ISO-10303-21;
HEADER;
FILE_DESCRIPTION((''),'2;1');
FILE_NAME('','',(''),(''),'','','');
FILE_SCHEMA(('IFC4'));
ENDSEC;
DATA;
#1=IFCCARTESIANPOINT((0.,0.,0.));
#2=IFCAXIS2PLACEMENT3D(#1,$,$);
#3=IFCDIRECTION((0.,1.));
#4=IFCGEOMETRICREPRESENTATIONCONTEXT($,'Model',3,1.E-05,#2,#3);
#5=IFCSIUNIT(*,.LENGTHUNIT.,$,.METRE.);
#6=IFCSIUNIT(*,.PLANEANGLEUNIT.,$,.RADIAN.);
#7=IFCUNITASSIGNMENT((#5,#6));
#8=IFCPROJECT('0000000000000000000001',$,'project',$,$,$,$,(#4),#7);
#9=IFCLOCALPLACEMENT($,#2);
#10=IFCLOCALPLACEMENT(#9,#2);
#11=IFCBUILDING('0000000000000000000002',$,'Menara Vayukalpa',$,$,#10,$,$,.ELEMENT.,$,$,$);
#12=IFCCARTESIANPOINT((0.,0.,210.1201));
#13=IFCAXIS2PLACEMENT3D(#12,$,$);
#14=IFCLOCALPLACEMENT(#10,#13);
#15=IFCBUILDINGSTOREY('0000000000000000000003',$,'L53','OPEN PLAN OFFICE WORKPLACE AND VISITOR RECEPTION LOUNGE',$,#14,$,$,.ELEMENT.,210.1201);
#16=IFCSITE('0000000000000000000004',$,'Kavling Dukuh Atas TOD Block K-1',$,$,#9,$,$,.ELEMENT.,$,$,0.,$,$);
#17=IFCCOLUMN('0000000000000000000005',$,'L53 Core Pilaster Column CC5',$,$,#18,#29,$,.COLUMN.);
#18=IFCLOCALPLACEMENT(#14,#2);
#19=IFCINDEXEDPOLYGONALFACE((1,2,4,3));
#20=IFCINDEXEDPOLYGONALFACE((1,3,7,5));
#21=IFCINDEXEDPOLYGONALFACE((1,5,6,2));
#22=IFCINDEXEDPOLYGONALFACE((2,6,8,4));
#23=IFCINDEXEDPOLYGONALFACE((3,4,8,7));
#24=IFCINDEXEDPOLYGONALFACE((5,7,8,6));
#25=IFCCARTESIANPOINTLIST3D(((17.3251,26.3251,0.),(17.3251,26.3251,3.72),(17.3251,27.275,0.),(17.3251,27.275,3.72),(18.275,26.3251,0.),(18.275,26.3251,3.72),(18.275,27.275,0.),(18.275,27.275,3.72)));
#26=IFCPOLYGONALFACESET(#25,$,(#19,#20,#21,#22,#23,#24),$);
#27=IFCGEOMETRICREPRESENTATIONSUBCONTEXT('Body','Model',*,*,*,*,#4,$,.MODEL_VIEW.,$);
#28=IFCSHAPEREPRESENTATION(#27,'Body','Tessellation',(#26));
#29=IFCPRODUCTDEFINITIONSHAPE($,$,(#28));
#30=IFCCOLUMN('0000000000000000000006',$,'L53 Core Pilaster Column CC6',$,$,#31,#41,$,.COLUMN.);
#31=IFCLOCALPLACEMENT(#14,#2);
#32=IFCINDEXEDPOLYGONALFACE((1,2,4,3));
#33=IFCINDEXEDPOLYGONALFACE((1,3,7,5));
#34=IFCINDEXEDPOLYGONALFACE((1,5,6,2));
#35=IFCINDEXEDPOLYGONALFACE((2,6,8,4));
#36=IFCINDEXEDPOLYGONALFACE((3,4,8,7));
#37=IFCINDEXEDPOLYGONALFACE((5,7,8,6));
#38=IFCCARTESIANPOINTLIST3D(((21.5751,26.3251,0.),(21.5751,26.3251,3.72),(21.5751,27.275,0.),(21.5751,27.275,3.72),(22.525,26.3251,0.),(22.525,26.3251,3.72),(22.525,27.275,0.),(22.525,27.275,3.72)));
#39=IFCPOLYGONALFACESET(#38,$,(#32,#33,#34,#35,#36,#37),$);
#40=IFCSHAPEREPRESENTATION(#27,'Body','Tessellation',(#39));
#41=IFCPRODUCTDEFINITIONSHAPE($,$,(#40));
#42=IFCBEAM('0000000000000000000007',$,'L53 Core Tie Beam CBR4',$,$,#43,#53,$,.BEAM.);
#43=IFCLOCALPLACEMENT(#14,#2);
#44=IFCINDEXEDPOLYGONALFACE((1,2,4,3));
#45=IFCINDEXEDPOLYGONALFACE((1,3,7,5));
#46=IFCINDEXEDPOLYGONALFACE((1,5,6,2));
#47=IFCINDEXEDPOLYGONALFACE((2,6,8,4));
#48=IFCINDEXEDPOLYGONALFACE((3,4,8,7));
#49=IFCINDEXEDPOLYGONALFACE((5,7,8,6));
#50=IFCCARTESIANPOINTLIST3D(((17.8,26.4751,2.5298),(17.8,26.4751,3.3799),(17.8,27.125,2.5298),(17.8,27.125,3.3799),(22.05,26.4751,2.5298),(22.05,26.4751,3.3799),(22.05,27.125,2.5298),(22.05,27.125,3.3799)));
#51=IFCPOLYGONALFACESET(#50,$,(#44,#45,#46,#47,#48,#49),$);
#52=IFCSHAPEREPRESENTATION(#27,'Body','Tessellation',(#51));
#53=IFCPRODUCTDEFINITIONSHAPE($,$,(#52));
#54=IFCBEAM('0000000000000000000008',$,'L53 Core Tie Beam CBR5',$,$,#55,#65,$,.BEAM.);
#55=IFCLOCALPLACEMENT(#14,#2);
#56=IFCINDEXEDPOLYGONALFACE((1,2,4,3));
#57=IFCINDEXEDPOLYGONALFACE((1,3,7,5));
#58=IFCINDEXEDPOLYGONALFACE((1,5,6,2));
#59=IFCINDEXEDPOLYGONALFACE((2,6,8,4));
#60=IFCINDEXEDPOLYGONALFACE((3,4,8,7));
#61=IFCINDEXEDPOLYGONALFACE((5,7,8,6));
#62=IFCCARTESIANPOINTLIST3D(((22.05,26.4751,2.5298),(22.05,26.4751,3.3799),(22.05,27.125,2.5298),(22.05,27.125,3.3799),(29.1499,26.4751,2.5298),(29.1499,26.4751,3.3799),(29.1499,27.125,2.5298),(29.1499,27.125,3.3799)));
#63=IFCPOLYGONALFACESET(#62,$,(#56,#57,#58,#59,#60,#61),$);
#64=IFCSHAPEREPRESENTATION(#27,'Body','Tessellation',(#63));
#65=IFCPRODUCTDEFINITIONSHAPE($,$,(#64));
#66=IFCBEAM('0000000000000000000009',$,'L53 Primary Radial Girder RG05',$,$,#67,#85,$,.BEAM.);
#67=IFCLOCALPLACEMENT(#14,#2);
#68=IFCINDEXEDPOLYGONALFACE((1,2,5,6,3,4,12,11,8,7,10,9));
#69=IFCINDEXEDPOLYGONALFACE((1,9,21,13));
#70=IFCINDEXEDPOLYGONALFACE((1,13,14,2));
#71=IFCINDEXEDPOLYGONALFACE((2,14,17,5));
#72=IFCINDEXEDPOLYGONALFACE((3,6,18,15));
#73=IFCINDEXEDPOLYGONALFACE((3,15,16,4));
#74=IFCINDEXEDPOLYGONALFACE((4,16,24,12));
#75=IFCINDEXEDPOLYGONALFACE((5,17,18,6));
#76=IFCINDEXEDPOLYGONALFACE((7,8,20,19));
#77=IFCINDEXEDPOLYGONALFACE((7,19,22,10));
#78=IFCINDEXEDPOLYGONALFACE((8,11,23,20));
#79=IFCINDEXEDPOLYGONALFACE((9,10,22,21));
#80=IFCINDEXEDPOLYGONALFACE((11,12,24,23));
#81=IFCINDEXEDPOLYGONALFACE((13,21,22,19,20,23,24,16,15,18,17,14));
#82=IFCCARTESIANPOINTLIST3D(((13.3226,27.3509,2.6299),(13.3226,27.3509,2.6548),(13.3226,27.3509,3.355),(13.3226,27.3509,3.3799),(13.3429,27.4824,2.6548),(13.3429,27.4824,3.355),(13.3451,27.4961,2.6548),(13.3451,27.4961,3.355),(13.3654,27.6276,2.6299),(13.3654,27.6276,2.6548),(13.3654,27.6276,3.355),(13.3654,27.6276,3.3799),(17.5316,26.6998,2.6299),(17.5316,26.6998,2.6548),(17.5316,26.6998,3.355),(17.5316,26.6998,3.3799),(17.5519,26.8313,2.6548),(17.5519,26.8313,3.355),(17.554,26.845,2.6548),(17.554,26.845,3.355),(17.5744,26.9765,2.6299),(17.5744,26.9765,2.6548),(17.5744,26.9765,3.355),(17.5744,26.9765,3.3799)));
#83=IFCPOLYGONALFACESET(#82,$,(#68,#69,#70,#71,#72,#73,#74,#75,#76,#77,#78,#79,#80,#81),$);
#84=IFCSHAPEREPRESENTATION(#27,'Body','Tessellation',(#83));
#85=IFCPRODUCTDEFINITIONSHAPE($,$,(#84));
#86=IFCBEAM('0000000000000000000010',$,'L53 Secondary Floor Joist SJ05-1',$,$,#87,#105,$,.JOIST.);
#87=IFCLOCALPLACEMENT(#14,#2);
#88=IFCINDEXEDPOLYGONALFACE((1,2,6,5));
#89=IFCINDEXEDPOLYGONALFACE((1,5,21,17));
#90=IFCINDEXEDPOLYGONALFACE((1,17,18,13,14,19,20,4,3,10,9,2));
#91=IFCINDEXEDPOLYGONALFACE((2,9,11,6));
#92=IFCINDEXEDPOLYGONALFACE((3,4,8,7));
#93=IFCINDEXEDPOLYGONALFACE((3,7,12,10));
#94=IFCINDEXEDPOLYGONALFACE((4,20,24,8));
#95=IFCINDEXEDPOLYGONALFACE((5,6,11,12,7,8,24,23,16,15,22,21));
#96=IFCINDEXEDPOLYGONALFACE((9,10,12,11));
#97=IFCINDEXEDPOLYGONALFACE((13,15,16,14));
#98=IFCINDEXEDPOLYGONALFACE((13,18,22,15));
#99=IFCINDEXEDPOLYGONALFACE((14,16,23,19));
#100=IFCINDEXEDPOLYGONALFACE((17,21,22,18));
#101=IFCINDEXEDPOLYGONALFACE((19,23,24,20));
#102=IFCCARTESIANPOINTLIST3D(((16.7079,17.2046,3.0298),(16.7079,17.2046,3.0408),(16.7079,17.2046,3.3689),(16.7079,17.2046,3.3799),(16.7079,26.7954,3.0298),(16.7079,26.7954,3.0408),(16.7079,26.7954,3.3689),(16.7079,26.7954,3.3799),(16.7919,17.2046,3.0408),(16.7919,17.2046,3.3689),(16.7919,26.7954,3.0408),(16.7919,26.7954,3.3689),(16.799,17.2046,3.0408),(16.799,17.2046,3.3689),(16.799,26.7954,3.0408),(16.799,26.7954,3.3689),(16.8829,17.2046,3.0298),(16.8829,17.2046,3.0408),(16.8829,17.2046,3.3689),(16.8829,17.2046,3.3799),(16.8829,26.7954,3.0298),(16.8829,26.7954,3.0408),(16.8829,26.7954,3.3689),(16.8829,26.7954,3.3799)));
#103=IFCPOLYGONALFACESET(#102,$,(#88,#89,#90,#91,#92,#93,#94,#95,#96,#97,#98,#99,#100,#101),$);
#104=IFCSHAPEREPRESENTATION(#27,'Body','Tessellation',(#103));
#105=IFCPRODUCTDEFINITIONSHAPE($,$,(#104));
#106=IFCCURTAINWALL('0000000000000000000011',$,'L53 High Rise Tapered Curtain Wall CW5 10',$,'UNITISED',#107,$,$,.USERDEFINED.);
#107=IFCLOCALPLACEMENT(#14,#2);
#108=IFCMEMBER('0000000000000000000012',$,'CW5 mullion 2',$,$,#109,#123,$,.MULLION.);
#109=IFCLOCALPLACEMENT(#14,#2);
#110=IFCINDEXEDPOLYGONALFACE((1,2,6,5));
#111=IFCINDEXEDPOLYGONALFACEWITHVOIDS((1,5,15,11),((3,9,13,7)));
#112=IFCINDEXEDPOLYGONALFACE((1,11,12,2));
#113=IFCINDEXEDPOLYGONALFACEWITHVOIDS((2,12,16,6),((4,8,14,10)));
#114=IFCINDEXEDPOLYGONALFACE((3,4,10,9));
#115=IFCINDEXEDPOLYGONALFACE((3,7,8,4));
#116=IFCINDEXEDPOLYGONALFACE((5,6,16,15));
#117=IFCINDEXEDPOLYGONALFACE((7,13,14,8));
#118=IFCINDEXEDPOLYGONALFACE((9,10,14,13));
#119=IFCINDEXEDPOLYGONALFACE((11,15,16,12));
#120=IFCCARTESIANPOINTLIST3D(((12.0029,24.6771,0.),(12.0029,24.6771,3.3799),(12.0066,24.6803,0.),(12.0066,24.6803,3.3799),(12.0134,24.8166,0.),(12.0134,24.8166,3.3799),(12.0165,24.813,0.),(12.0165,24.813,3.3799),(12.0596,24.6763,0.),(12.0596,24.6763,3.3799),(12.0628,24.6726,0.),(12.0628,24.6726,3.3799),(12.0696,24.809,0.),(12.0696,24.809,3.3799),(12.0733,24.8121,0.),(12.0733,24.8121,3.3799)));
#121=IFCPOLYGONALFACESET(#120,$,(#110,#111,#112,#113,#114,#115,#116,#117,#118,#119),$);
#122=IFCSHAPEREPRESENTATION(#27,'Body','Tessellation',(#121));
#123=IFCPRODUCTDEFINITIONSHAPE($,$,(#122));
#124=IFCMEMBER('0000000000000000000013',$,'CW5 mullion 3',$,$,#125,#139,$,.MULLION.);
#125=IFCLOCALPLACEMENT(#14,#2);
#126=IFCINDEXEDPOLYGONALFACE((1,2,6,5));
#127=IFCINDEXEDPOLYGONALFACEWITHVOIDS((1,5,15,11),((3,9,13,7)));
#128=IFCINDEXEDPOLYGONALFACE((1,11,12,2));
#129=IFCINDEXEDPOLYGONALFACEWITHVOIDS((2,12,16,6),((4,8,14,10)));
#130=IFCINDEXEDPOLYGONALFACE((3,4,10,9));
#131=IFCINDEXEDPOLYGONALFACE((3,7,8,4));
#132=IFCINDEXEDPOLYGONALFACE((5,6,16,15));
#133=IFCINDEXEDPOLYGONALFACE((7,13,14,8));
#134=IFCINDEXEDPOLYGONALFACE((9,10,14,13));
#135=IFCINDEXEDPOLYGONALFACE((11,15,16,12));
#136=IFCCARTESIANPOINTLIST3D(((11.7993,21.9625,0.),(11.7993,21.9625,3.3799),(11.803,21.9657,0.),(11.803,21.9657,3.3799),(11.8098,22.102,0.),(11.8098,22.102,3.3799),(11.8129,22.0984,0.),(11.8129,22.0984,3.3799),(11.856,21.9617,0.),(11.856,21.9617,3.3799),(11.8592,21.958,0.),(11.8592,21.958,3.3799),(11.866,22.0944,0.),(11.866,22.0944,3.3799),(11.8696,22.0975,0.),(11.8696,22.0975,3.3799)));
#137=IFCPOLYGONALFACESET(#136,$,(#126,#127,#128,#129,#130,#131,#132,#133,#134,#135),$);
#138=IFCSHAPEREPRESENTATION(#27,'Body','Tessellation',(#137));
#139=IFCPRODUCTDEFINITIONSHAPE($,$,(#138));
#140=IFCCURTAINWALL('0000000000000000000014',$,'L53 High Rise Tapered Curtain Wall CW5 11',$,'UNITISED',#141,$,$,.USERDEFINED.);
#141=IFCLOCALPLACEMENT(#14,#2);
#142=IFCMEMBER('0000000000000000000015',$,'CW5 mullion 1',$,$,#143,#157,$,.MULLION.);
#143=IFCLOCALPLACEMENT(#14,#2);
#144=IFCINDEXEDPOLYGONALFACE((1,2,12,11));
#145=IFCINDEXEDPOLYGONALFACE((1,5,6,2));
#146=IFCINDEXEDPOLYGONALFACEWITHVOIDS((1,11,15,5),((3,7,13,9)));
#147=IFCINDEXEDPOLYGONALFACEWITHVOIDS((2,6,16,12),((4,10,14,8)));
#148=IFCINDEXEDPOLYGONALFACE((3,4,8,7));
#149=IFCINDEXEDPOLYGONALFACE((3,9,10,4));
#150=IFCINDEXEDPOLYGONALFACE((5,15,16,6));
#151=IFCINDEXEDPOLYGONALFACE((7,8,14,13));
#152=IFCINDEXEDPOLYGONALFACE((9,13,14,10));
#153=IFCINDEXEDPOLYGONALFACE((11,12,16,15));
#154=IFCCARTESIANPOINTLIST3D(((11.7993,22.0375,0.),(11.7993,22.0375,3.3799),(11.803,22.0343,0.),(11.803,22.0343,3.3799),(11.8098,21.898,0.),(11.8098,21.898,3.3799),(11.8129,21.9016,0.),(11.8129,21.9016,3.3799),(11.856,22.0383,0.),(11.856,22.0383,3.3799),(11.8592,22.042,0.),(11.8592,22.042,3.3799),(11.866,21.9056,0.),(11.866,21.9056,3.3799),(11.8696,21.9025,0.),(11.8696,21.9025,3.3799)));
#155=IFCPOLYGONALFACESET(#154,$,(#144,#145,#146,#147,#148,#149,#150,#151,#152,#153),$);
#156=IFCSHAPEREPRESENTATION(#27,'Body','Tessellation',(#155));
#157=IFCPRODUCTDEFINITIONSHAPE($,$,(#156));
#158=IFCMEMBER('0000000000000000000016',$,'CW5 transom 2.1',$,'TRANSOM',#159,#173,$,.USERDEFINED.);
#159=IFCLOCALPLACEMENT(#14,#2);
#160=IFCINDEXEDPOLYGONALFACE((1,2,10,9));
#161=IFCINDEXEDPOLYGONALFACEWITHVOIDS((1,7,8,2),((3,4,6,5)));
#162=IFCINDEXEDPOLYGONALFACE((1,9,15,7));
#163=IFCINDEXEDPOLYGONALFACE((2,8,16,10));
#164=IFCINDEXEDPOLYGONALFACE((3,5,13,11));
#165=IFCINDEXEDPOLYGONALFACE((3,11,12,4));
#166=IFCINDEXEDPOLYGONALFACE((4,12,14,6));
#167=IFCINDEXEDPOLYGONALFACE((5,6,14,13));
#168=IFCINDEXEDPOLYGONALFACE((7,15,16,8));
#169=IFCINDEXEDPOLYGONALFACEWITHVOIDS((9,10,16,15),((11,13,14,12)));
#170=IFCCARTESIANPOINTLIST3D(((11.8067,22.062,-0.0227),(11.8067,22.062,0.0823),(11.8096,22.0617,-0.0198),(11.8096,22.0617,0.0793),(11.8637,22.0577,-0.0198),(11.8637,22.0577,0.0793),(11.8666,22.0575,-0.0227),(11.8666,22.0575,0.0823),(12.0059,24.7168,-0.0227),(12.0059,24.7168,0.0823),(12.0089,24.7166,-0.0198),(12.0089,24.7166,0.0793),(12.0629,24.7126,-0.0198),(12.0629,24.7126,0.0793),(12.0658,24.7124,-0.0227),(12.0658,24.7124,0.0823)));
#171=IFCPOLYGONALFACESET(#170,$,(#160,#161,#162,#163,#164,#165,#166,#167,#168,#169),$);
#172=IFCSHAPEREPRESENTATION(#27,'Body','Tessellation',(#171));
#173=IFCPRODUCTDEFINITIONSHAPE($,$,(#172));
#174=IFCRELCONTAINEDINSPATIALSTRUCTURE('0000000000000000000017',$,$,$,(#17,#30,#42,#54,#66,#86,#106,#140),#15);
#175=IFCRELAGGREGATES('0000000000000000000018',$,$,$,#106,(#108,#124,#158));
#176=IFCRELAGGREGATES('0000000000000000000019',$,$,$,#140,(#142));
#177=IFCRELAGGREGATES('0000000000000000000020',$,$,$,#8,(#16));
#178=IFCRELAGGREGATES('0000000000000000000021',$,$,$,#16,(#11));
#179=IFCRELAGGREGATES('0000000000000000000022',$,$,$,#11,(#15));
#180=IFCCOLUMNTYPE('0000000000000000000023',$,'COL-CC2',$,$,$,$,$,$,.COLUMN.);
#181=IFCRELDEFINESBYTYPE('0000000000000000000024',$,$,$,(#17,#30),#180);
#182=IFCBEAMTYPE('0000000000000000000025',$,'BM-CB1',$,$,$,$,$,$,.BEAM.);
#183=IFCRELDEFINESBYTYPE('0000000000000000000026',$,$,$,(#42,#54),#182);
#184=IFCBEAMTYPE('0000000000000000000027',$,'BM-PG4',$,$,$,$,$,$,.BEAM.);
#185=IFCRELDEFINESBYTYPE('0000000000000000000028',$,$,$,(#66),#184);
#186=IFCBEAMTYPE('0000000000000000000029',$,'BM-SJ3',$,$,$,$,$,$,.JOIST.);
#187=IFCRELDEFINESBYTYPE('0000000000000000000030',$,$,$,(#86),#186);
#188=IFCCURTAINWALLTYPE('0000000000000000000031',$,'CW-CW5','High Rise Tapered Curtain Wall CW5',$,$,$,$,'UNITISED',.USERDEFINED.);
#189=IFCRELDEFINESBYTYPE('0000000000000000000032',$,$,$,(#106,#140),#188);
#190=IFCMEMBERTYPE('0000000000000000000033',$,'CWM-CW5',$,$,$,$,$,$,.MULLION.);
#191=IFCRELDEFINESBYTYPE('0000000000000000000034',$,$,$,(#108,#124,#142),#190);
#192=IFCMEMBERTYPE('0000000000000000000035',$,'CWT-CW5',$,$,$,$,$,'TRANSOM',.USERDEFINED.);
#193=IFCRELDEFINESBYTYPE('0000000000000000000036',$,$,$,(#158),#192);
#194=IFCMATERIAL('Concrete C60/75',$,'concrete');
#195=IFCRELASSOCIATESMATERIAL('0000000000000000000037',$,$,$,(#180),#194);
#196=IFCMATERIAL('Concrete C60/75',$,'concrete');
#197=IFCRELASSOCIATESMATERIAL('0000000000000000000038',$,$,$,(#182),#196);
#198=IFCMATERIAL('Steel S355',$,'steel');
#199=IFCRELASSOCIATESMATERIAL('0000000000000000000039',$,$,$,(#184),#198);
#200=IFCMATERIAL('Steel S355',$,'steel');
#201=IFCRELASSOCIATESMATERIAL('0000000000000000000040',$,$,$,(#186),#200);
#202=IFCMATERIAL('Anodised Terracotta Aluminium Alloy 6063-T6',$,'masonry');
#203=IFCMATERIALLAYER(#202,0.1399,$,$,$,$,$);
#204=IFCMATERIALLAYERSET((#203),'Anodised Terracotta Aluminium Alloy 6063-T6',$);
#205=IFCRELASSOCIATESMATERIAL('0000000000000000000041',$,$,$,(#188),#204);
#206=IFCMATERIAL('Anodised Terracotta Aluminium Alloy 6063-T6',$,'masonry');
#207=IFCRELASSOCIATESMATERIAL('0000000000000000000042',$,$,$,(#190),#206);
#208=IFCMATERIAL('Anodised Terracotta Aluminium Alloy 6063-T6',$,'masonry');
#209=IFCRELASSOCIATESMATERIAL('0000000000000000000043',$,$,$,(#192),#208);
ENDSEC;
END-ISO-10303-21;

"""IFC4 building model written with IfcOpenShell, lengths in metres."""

from ifc_helpers import new_model, si_unit, direction, frame, origin, origin_2d, place, context, subcontext, project, spatial, rectangle, hollow_rectangle, i_section, extrude, material, layer, layer_set, material_profile, profile_set, type_object, element, aggregate, save


model = new_model("IFC4")

# Units and contexts
model_context = context("Model", 3, precision=1e-05, world=origin(), true_north=direction((0.0, 1.0)))
body_context = subcontext(model_context, "Body", "Model", "MODEL_VIEW")
ifc_project = project(units=[si_unit("LENGTHUNIT", "METRE"), si_unit("PLANEANGLEUNIT", "RADIAN")], contexts=[model_context])

# Site, building, storey
site_placement = place(None, origin())
site = spatial("IfcSite", under=ifc_project, at=site_placement, Name="Kavling Dukuh Atas TOD Block K-1", CompositionType="ELEMENT", RefElevation=0.0)
building_placement = place(site_placement, origin())
building = spatial("IfcBuilding", under=site, at=building_placement, Name="Menara Vayukalpa", CompositionType="ELEMENT")
storey_placement = place(building_placement, frame((0.0, 0.0, 210.1201)))
storey = spatial("IfcBuildingStorey", under=building, at=storey_placement, Name="L53", Description="OPEN PLAN OFFICE WORKPLACE AND VISITOR RECEPTION LOUNGE", CompositionType="ELEMENT", Elevation=210.1201)

# Columns
ifc_material_1 = material(Name="Concrete C60/75", Category="concrete")
ifc_material_profile_1 = material_profile(ifc_material_1, rectangle(XDim=0.95, YDim=0.95, at=origin_2d()), Name="RC 950x950")
ifc_profile_set_1 = profile_set([ifc_material_profile_1], Name="Concrete C60/75")
column_type = type_object("IfcColumnType", Name="COL-CC2", PredefinedType="COLUMN", material=ifc_profile_set_1)
for number, where, z_axis, x_axis, name in (
    (1, (17.8, 26.8, 0.0), (0.0, 0.0, 1.0), (1.0, 0.0, 0.0), "L53 Core Pilaster Column CC5"),
    (2, (22.05, 26.8, 0.0), (0.0, 0.0, 1.0), (1.0, 0.0, 0.0), "L53 Core Pilaster Column CC6"),
):
    element("IfcColumn", number, at=place(storey_placement, frame(where, z_axis=z_axis, x_axis=x_axis)), inside=storey, type_object=column_type, Name=name, PredefinedType="COLUMN", context=body_context, shape_type="SweptSolid", body=[
        extrude(rectangle(XDim=0.95, YDim=0.95, at=origin_2d()), origin(), (0.0, 0.0, 1.0), 3.72),
    ])

# Beams
ifc_material_2 = material(Name="Concrete C60/75", Category="concrete")
ifc_material_profile_2 = material_profile(ifc_material_2, rectangle(XDim=0.6499, YDim=0.8501, at=origin_2d()), Name="RC 650x850")
ifc_profile_set_2 = profile_set([ifc_material_profile_2], Name="Concrete C60/75")
beam_type_1 = type_object("IfcBeamType", Name="BM-CB1", PredefinedType="BEAM", material=ifc_profile_set_2)
beam_1_placement = place(storey_placement, frame((17.8, 26.8, 2.9548), z_axis=(1.0, 0.0, 0.0), x_axis=(0.0, 1.0, 0.0)))
element("IfcBeam", 3, at=beam_1_placement, inside=storey, type_object=beam_type_1, Name="L53 Core Tie Beam CBR4", PredefinedType="BEAM", context=body_context, shape_type="SweptSolid", body=[
    extrude(rectangle(XDim=0.6499, YDim=0.8501, at=origin_2d()), origin(), (0.0, 0.0, 1.0), 4.25),
])
beam_2_placement = place(storey_placement, frame((22.05, 26.8, 2.9548), z_axis=(1.0, 0.0, 0.0), x_axis=(0.0, 1.0, 0.0)))
element("IfcBeam", 4, at=beam_2_placement, inside=storey, type_object=beam_type_1, Name="L53 Core Tie Beam CBR5", PredefinedType="BEAM", context=body_context, shape_type="SweptSolid", body=[
    extrude(rectangle(XDim=0.6499, YDim=0.8501, at=origin_2d()), origin(), (0.0, 0.0, 1.0), 7.0999),
])
ifc_material_3 = material(Name="Steel S355", Category="steel")
ifc_material_profile_3 = material_profile(ifc_material_3, i_section(OverallWidth=0.28, OverallDepth=0.75, WebThickness=0.0139, FlangeThickness=0.0249, at=origin_2d()), Name="WF 750x280x14x25")
ifc_profile_set_3 = profile_set([ifc_material_profile_3], Name="Steel S355")
beam_type_2 = type_object("IfcBeamType", Name="BM-PG4", PredefinedType="BEAM", material=ifc_profile_set_3)
beam_3_placement = place(storey_placement, frame((17.553, 26.8381, 3.0049), z_axis=(-0.988245, 0.15288, 0.0), x_axis=(-0.15288, -0.988245, 0.0)))
element("IfcBeam", 5, at=beam_3_placement, inside=storey, type_object=beam_type_2, Name="L53 Primary Radial Girder RG05", PredefinedType="BEAM", context=body_context, shape_type="SweptSolid", body=[
    extrude(i_section(OverallWidth=0.28, OverallDepth=0.75, WebThickness=0.0139, FlangeThickness=0.0249, at=origin_2d()), origin(), (0.0, 0.0, 1.0), 4.259),
])
ifc_material_4 = material(Name="Steel S355", Category="steel")
ifc_material_profile_4 = material_profile(ifc_material_4, i_section(OverallWidth=0.175, OverallDepth=0.3501, WebThickness=0.0071, FlangeThickness=0.011, at=origin_2d()), Name="WF 350x175x7x11")
ifc_profile_set_4 = profile_set([ifc_material_profile_4], Name="Steel S355")
beam_type_3 = type_object("IfcBeamType", Name="BM-SJ3", PredefinedType="JOIST", material=ifc_profile_set_4)
beam_4_placement = place(storey_placement, frame((16.7954, 26.7954, 3.2048), z_axis=(0.0, -1.0, 0.0), x_axis=(1.0, 0.0, 0.0)))
element("IfcBeam", 6, at=beam_4_placement, inside=storey, type_object=beam_type_3, Name="L53 Secondary Floor Joist SJ05-1", PredefinedType="JOIST", context=body_context, shape_type="SweptSolid", body=[
    extrude(i_section(OverallWidth=0.175, OverallDepth=0.3501, WebThickness=0.0071, FlangeThickness=0.011, at=origin_2d()), origin(), (0.0, 0.0, 1.0), 9.5908),
])

# Curtain wall, members
ifc_material_5 = material(Name="Anodised Terracotta Aluminium Alloy 6063-T6", Category="masonry")
ifc_layer_1 = layer(ifc_material_5, 0.1399)
ifc_layer_set_1 = layer_set([ifc_layer_1], Name="Anodised Terracotta Aluminium Alloy 6063-T6")
curtain_wall_type = type_object("IfcCurtainWallType", Name="CW-CW5", Description="High Rise Tapered Curtain Wall CW5", ElementType="UNITISED", PredefinedType="USERDEFINED", material=ifc_layer_set_1)
curtain_wall_1_placement = place(storey_placement, origin())
curtain_wall_1 = element("IfcCurtainWall", 7, at=curtain_wall_1_placement, inside=storey, type_object=curtain_wall_type, Name="L53 High Rise Tapered Curtain Wall CW5 10", ObjectType="UNITISED", PredefinedType="USERDEFINED")
ifc_material_6 = material(Name="Anodised Terracotta Aluminium Alloy 6063-T6", Category="masonry")
ifc_material_profile_5 = material_profile(ifc_material_6, hollow_rectangle(XDim=0.0601, YDim=0.1399, WallThickness=0.0034, at=origin_2d()), Name="ALU 60x140x3.5")
ifc_profile_set_5 = profile_set([ifc_material_profile_5], Name="Anodised Terracotta Aluminium Alloy 6063-T6")
member_type_1 = type_object("IfcMemberType", Name="CWM-CW5", PredefinedType="MULLION", material=ifc_profile_set_5)
member_1_placement = place(storey_placement, frame((12.0381, 24.7446, 0.0), z_axis=(0.0, 0.0, 1.0), x_axis=(0.997199, -0.074792, 0.0)))
member_1 = element("IfcMember", 8, at=member_1_placement, type_object=member_type_1, Name="CW5 mullion 2", PredefinedType="MULLION", context=body_context, shape_type="SweptSolid", body=[
    extrude(hollow_rectangle(XDim=0.0601, YDim=0.1399, WallThickness=0.0034, at=origin_2d()), origin(), (0.0, 0.0, 1.0), 3.3799),
])
member_2_placement = place(storey_placement, frame((11.8345, 22.03, 0.0), z_axis=(0.0, 0.0, 1.0), x_axis=(0.997199, -0.074792, 0.0)))
member_2 = element("IfcMember", 9, at=member_2_placement, type_object=member_type_1, Name="CW5 mullion 3", PredefinedType="MULLION", context=body_context, shape_type="SweptSolid", body=[
    extrude(hollow_rectangle(XDim=0.0601, YDim=0.1399, WallThickness=0.0034, at=origin_2d()), origin(), (0.0, 0.0, 1.0), 3.3799),
])

# Curtain wall, member
curtain_wall_2_placement = place(storey_placement, origin())
curtain_wall_2 = element("IfcCurtainWall", 10, at=curtain_wall_2_placement, inside=storey, type_object=curtain_wall_type, Name="L53 High Rise Tapered Curtain Wall CW5 11", ObjectType="UNITISED", PredefinedType="USERDEFINED")
member_3_placement = place(storey_placement, frame((11.8345, 21.97, 0.0), z_axis=(0.0, 0.0, 1.0), x_axis=(0.997199, 0.074792, 0.0)))
member_3 = element("IfcMember", 11, at=member_3_placement, type_object=member_type_1, Name="CW5 mullion 1", PredefinedType="MULLION", context=body_context, shape_type="SweptSolid", body=[
    extrude(hollow_rectangle(XDim=0.0601, YDim=0.1399, WallThickness=0.0034, at=origin_2d()), origin(), (0.0, 0.0, 1.0), 3.3799),
])

# Member
ifc_material_7 = material(Name="Anodised Terracotta Aluminium Alloy 6063-T6", Category="masonry")
ifc_material_profile_6 = material_profile(ifc_material_7, hollow_rectangle(XDim=0.0601, YDim=0.105, WallThickness=0.0029, at=origin_2d()), Name="ALU 60x105x3")
ifc_profile_set_6 = profile_set([ifc_material_profile_6], Name="Anodised Terracotta Aluminium Alloy 6063-T6")
member_type_2 = type_object("IfcMemberType", Name="CWT-CW5", ElementType="TRANSOM", PredefinedType="USERDEFINED", material=ifc_profile_set_6)
member_4_placement = place(storey_placement, frame((12.0359, 24.7146, 0.0298), z_axis=(-0.074831, -0.997196, 0.0), x_axis=(0.997196, -0.074831, 0.0)))
member_4 = element("IfcMember", 12, at=member_4_placement, type_object=member_type_2, Name="CW5 transom 2.1", ObjectType="TRANSOM", PredefinedType="USERDEFINED", context=body_context, shape_type="SweptSolid", body=[
    extrude(hollow_rectangle(XDim=0.0601, YDim=0.105, WallThickness=0.0029, at=origin_2d()), origin(), (0.0, 0.0, 1.0), 2.6624),
])

aggregate(curtain_wall_1, [member_1, member_2, member_4])
aggregate(curtain_wall_2, [member_3])

save(model, "model.ifc")
